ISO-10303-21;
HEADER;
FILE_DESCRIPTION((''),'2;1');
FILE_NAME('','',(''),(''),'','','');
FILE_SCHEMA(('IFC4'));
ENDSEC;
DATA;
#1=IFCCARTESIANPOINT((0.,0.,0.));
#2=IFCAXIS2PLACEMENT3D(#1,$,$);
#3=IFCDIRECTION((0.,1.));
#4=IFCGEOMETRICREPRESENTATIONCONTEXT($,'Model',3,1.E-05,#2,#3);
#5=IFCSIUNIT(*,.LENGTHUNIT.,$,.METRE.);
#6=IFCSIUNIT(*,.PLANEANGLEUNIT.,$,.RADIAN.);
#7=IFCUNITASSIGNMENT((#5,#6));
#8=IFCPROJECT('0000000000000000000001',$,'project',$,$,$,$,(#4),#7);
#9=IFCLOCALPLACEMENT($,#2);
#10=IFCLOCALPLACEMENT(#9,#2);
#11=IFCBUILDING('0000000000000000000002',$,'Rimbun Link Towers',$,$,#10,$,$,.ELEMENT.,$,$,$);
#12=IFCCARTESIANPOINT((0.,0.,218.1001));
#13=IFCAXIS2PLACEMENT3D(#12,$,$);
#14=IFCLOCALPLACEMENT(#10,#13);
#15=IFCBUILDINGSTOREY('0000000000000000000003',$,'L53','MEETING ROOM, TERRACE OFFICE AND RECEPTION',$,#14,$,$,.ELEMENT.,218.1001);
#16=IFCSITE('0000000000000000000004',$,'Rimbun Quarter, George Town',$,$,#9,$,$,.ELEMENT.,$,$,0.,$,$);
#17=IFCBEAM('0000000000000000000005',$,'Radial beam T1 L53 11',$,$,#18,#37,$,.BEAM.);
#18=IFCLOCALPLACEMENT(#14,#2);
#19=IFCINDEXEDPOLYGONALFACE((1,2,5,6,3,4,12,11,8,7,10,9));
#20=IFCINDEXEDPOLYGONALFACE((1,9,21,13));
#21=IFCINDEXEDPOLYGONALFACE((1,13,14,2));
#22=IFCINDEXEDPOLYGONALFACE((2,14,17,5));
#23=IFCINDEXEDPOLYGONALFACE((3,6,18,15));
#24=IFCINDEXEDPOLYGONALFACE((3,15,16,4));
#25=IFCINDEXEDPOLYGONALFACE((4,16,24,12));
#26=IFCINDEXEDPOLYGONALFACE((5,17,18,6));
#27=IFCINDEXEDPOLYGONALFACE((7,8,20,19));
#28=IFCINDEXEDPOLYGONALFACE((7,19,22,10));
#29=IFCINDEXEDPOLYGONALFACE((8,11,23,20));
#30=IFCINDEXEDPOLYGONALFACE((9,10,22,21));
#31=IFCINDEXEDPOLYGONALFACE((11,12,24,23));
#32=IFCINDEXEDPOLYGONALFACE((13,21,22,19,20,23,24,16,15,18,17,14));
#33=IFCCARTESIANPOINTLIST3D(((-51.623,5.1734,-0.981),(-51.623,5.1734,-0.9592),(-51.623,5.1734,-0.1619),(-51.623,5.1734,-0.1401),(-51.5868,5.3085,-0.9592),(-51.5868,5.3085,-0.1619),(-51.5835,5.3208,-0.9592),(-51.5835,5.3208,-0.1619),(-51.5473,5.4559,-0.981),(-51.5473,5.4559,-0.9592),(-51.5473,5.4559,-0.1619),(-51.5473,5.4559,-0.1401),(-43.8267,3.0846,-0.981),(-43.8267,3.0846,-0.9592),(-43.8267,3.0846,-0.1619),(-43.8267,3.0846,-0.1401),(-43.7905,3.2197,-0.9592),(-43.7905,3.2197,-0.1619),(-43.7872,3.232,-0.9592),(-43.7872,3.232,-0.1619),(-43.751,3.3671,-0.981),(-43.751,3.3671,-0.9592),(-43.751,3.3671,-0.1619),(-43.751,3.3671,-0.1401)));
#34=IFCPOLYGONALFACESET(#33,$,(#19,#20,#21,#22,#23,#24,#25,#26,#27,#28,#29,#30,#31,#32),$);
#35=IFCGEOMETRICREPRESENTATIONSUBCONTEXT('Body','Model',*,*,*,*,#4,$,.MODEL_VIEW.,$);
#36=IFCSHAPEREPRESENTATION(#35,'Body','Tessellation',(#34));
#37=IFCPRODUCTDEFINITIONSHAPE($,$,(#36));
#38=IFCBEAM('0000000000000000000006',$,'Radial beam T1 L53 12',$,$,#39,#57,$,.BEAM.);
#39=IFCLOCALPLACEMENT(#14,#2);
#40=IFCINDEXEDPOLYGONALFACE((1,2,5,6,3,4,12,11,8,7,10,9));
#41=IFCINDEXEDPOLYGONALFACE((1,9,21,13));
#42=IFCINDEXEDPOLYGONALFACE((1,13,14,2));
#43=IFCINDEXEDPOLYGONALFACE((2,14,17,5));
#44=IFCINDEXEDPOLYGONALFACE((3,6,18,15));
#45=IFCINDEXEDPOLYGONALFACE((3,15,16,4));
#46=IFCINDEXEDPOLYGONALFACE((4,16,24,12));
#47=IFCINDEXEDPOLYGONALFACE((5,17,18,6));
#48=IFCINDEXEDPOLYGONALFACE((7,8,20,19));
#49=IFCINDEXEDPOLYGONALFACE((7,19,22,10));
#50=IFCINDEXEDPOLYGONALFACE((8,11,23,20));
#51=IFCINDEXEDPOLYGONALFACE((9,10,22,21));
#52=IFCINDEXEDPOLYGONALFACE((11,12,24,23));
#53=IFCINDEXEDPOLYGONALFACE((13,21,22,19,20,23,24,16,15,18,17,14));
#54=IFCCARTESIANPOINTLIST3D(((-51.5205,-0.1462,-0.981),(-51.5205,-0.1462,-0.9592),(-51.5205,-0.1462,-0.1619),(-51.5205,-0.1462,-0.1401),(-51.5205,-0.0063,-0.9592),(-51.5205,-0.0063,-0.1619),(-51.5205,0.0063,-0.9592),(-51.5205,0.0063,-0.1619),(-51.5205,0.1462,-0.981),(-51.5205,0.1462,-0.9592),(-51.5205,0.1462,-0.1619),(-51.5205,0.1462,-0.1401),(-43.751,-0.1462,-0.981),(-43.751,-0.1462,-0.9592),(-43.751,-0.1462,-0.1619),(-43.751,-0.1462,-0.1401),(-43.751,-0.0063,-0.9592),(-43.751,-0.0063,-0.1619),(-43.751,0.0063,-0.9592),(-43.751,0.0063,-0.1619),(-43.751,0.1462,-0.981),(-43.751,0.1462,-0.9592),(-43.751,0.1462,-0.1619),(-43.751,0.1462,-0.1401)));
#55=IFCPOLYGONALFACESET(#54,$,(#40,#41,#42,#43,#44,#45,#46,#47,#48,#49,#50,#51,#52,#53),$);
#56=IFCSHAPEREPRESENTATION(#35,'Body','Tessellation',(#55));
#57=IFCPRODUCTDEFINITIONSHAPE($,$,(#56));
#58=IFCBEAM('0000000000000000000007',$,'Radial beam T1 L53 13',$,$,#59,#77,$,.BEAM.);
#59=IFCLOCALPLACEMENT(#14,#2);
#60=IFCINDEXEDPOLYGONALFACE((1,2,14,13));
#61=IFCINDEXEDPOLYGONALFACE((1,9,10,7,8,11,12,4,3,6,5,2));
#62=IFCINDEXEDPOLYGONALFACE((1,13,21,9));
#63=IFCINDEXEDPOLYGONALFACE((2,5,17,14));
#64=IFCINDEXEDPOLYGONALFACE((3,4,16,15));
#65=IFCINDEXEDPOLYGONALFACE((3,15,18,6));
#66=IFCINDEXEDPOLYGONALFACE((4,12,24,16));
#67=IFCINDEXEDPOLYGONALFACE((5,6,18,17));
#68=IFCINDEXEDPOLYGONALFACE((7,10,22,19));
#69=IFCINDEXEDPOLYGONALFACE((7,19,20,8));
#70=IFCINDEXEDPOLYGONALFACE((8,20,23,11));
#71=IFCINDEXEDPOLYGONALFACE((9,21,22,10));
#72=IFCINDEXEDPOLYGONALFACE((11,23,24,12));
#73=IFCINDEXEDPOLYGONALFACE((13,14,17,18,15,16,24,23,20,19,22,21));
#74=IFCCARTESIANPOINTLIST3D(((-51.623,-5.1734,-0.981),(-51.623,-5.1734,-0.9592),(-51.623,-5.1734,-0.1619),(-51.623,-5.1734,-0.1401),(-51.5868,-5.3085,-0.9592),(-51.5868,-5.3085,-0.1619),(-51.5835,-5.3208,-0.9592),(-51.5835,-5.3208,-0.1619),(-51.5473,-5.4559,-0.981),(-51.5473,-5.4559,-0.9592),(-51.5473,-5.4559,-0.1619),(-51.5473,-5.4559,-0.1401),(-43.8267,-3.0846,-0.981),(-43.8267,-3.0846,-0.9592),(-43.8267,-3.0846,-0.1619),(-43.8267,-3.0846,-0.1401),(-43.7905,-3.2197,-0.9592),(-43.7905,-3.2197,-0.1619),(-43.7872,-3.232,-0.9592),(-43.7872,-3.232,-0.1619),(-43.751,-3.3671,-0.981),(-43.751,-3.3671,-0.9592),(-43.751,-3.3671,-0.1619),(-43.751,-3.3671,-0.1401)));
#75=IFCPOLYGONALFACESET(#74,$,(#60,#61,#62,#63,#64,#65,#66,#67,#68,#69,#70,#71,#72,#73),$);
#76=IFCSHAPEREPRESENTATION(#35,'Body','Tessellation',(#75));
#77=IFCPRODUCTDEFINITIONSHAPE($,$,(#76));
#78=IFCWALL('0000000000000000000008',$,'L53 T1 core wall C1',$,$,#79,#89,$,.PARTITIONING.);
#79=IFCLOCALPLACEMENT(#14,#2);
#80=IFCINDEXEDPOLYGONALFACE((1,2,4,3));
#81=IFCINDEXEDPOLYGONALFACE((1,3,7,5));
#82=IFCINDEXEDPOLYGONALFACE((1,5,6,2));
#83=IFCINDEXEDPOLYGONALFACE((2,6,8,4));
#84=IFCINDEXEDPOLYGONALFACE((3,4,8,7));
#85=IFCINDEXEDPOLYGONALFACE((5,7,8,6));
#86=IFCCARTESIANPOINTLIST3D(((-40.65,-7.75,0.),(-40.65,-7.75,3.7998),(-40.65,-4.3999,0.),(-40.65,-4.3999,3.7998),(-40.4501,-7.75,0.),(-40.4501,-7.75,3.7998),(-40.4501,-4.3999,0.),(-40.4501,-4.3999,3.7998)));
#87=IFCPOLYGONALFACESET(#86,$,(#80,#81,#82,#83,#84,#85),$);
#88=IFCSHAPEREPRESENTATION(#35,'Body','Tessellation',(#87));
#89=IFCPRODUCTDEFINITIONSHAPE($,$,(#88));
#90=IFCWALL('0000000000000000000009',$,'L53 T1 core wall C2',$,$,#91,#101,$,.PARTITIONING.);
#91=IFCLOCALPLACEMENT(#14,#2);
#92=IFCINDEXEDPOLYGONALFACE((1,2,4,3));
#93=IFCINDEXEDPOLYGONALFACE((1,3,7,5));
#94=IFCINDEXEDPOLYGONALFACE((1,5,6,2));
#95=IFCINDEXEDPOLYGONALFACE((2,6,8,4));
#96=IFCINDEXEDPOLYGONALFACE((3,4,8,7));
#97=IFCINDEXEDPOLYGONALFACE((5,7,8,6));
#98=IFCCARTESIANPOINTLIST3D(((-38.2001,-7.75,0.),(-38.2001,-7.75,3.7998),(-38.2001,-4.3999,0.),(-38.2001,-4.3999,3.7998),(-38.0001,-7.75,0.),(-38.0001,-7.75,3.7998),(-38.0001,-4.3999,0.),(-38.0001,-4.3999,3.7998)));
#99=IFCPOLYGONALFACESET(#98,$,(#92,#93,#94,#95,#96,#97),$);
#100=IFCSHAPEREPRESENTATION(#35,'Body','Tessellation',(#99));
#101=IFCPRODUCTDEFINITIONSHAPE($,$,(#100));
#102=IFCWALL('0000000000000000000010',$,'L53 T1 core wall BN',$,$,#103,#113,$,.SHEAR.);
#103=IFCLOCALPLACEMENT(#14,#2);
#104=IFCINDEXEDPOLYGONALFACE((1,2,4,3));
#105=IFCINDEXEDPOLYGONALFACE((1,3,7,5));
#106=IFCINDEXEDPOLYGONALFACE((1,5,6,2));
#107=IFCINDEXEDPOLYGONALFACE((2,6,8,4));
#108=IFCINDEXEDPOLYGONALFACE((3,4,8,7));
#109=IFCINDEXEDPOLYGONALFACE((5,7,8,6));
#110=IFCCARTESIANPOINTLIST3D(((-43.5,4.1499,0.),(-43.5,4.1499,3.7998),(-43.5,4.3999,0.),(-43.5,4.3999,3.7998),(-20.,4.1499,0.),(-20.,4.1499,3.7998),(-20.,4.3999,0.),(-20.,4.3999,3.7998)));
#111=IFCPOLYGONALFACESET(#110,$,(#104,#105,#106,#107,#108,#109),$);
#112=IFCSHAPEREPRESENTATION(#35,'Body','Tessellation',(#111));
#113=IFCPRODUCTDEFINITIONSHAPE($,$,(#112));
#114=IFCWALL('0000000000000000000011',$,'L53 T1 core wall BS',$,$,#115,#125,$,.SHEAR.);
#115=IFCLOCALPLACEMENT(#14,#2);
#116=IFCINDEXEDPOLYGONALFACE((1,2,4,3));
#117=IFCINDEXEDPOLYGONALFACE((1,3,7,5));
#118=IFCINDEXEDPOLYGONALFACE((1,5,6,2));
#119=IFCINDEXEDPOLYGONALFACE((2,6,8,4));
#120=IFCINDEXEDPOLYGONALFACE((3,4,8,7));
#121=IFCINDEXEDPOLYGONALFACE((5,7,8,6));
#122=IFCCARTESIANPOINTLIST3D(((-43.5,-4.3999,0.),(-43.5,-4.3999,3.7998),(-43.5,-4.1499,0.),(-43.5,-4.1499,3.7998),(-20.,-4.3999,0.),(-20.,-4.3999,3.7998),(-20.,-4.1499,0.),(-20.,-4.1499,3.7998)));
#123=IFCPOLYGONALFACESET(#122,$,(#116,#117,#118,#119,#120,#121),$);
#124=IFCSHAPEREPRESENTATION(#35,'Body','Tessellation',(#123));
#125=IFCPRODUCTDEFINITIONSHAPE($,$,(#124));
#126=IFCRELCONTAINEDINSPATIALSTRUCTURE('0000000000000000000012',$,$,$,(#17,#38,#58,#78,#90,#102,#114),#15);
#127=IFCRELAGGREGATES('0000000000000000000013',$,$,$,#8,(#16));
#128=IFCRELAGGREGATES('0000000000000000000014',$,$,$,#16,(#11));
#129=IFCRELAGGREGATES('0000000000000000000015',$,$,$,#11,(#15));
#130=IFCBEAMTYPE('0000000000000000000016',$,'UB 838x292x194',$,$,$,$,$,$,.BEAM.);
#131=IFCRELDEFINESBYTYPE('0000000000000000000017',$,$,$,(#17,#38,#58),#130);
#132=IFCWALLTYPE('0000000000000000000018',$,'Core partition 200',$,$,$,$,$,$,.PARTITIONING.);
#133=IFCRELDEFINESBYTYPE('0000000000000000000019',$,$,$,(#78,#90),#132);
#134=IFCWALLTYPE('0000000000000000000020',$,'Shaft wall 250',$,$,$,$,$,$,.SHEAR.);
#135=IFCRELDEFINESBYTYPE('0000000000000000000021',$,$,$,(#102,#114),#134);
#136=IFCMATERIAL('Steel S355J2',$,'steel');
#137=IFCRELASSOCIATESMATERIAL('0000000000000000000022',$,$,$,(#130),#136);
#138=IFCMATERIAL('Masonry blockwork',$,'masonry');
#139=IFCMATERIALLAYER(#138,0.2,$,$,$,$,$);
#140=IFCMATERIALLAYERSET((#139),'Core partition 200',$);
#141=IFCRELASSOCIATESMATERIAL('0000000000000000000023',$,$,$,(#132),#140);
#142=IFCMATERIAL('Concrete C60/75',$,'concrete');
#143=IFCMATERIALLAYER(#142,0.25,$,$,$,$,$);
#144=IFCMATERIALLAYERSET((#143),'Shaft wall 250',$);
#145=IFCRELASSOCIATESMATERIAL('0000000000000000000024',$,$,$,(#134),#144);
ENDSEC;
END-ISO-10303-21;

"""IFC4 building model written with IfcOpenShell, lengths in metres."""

from ifc_helpers import new_model, si_unit, direction, frame, frame_2d, origin, origin_2d, place, context, subcontext, project, spatial, rectangle, i_section, extrude, material, layer, layer_set, material_profile, profile_set, type_object, element, save


model = new_model("IFC4")

# Units and contexts
model_context = context("Model", 3, precision=1e-05, world=origin(), true_north=direction((0.0, 1.0)))
body_context = subcontext(model_context, "Body", "Model", "MODEL_VIEW")
ifc_project = project(units=[si_unit("LENGTHUNIT", "METRE"), si_unit("PLANEANGLEUNIT", "RADIAN")], contexts=[model_context])

# Site, building, storey
site_placement = place(None, origin())
site = spatial("IfcSite", under=ifc_project, at=site_placement, Name="Rimbun Quarter, George Town", CompositionType="ELEMENT", RefElevation=0.0)
building_placement = place(site_placement, origin())
building = spatial("IfcBuilding", under=site, at=building_placement, Name="Rimbun Link Towers", CompositionType="ELEMENT")
storey_placement = place(building_placement, frame((0.0, 0.0, 218.1001)))
storey = spatial("IfcBuildingStorey", under=building, at=storey_placement, Name="L53", Description="MEETING ROOM, TERRACE OFFICE AND RECEPTION", CompositionType="ELEMENT", Elevation=218.1001)

# Beams
ifc_material_1 = material(Name="Steel S355J2", Category="steel")
ifc_material_profile = material_profile(ifc_material_1, i_section(OverallWidth=0.2925, OverallDepth=0.8408, WebThickness=0.0127, FlangeThickness=0.0217, at=origin_2d()), Name="UB 838x292x194")
ifc_profile_set = profile_set([ifc_material_profile], Name="Steel S355J2")
beam_type = type_object("IfcBeamType", Name="UB 838x292x194", PredefinedType="BEAM", material=ifc_profile_set)
beam_1_placement = place(storey_placement, frame((-43.7888, 3.2258, -0.5605), z_axis=(-0.965931, 0.2588, 0.0), x_axis=(-0.2588, -0.965931, 0.0)))
element("IfcBeam", 1, at=beam_1_placement, inside=storey, type_object=beam_type, Name="Radial beam T1 L53 11", PredefinedType="BEAM", context=body_context, shape_type="SweptSolid", body=[
    extrude(i_section(OverallWidth=0.2925, OverallDepth=0.8408, WebThickness=0.0127, FlangeThickness=0.0217, at=origin_2d()), origin(), (0.0, 0.0, 1.0), 8.0713),
])
beam_2_placement = place(storey_placement, frame((-43.751, 0.0, -0.5605), z_axis=(-1.0, 0.0, 0.0), x_axis=(0.0, -1.0, 0.0)))
element("IfcBeam", 2, at=beam_2_placement, inside=storey, type_object=beam_type, Name="Radial beam T1 L53 12", PredefinedType="BEAM", context=body_context, shape_type="SweptSolid", body=[
    extrude(i_section(OverallWidth=0.2925, OverallDepth=0.8408, WebThickness=0.0127, FlangeThickness=0.0217, at=origin_2d()), origin(), (0.0, 0.0, 1.0), 7.7695),
])
beam_3_placement = place(storey_placement, frame((-43.7888, -3.2258, -0.5605), z_axis=(-0.965931, -0.2588, 0.0), x_axis=(0.2588, -0.965931, 0.0)))
element("IfcBeam", 3, at=beam_3_placement, inside=storey, type_object=beam_type, Name="Radial beam T1 L53 13", PredefinedType="BEAM", context=body_context, shape_type="SweptSolid", body=[
    extrude(i_section(OverallWidth=0.2925, OverallDepth=0.8408, WebThickness=0.0127, FlangeThickness=0.0217, at=origin_2d()), origin(), (0.0, 0.0, 1.0), 8.0713),
])

# Walls
ifc_material_2 = material(Name="Masonry blockwork", Category="masonry")
ifc_layer_1 = layer(ifc_material_2, 0.2)
ifc_layer_set_1 = layer_set([ifc_layer_1], Name="Core partition 200")
wall_type_1 = type_object("IfcWallType", Name="Core partition 200", PredefinedType="PARTITIONING", material=ifc_layer_set_1)
for number, where, z_axis, x_axis, name in (
    (4, (-40.55, -4.3999, 0.0), (0.0, 0.0, 1.0), (0.0, -1.0, 0.0), "L53 T1 core wall C1"),
    (5, (-38.1001, -4.3999, 0.0), (0.0, 0.0, 1.0), (0.0, -1.0, 0.0), "L53 T1 core wall C2"),
):
    element("IfcWall", number, at=place(storey_placement, frame(where, z_axis=z_axis, x_axis=x_axis)), inside=storey, type_object=wall_type_1, Name=name, PredefinedType="PARTITIONING", context=body_context, shape_type="SweptSolid", body=[
        extrude(rectangle(XDim=3.3501, YDim=0.2, at=frame_2d((1.675, 0.0))), origin(), (0.0, 0.0, 1.0), 3.7998),
    ])
ifc_material_3 = material(Name="Concrete C60/75", Category="concrete")
ifc_layer_2 = layer(ifc_material_3, 0.25)
ifc_layer_set_2 = layer_set([ifc_layer_2], Name="Shaft wall 250")
wall_type_2 = type_object("IfcWallType", Name="Shaft wall 250", PredefinedType="SHEAR", material=ifc_layer_set_2)
for number, where, z_axis, x_axis, name in (
    (6, (-43.5, 4.2749, 0.0), (0.0, 0.0, 1.0), (1.0, 0.0, 0.0), "L53 T1 core wall BN"),
    (7, (-43.5, -4.2749, 0.0), (0.0, 0.0, 1.0), (1.0, 0.0, 0.0), "L53 T1 core wall BS"),
):
    element("IfcWall", number, at=place(storey_placement, frame(where, z_axis=z_axis, x_axis=x_axis)), inside=storey, type_object=wall_type_2, Name=name, PredefinedType="SHEAR", context=body_context, shape_type="SweptSolid", body=[
        extrude(rectangle(XDim=23.5, YDim=0.25, at=frame_2d((11.75, 0.0))), origin(), (0.0, 0.0, 1.0), 3.7998),
    ])

save(model, "model.ifc")
